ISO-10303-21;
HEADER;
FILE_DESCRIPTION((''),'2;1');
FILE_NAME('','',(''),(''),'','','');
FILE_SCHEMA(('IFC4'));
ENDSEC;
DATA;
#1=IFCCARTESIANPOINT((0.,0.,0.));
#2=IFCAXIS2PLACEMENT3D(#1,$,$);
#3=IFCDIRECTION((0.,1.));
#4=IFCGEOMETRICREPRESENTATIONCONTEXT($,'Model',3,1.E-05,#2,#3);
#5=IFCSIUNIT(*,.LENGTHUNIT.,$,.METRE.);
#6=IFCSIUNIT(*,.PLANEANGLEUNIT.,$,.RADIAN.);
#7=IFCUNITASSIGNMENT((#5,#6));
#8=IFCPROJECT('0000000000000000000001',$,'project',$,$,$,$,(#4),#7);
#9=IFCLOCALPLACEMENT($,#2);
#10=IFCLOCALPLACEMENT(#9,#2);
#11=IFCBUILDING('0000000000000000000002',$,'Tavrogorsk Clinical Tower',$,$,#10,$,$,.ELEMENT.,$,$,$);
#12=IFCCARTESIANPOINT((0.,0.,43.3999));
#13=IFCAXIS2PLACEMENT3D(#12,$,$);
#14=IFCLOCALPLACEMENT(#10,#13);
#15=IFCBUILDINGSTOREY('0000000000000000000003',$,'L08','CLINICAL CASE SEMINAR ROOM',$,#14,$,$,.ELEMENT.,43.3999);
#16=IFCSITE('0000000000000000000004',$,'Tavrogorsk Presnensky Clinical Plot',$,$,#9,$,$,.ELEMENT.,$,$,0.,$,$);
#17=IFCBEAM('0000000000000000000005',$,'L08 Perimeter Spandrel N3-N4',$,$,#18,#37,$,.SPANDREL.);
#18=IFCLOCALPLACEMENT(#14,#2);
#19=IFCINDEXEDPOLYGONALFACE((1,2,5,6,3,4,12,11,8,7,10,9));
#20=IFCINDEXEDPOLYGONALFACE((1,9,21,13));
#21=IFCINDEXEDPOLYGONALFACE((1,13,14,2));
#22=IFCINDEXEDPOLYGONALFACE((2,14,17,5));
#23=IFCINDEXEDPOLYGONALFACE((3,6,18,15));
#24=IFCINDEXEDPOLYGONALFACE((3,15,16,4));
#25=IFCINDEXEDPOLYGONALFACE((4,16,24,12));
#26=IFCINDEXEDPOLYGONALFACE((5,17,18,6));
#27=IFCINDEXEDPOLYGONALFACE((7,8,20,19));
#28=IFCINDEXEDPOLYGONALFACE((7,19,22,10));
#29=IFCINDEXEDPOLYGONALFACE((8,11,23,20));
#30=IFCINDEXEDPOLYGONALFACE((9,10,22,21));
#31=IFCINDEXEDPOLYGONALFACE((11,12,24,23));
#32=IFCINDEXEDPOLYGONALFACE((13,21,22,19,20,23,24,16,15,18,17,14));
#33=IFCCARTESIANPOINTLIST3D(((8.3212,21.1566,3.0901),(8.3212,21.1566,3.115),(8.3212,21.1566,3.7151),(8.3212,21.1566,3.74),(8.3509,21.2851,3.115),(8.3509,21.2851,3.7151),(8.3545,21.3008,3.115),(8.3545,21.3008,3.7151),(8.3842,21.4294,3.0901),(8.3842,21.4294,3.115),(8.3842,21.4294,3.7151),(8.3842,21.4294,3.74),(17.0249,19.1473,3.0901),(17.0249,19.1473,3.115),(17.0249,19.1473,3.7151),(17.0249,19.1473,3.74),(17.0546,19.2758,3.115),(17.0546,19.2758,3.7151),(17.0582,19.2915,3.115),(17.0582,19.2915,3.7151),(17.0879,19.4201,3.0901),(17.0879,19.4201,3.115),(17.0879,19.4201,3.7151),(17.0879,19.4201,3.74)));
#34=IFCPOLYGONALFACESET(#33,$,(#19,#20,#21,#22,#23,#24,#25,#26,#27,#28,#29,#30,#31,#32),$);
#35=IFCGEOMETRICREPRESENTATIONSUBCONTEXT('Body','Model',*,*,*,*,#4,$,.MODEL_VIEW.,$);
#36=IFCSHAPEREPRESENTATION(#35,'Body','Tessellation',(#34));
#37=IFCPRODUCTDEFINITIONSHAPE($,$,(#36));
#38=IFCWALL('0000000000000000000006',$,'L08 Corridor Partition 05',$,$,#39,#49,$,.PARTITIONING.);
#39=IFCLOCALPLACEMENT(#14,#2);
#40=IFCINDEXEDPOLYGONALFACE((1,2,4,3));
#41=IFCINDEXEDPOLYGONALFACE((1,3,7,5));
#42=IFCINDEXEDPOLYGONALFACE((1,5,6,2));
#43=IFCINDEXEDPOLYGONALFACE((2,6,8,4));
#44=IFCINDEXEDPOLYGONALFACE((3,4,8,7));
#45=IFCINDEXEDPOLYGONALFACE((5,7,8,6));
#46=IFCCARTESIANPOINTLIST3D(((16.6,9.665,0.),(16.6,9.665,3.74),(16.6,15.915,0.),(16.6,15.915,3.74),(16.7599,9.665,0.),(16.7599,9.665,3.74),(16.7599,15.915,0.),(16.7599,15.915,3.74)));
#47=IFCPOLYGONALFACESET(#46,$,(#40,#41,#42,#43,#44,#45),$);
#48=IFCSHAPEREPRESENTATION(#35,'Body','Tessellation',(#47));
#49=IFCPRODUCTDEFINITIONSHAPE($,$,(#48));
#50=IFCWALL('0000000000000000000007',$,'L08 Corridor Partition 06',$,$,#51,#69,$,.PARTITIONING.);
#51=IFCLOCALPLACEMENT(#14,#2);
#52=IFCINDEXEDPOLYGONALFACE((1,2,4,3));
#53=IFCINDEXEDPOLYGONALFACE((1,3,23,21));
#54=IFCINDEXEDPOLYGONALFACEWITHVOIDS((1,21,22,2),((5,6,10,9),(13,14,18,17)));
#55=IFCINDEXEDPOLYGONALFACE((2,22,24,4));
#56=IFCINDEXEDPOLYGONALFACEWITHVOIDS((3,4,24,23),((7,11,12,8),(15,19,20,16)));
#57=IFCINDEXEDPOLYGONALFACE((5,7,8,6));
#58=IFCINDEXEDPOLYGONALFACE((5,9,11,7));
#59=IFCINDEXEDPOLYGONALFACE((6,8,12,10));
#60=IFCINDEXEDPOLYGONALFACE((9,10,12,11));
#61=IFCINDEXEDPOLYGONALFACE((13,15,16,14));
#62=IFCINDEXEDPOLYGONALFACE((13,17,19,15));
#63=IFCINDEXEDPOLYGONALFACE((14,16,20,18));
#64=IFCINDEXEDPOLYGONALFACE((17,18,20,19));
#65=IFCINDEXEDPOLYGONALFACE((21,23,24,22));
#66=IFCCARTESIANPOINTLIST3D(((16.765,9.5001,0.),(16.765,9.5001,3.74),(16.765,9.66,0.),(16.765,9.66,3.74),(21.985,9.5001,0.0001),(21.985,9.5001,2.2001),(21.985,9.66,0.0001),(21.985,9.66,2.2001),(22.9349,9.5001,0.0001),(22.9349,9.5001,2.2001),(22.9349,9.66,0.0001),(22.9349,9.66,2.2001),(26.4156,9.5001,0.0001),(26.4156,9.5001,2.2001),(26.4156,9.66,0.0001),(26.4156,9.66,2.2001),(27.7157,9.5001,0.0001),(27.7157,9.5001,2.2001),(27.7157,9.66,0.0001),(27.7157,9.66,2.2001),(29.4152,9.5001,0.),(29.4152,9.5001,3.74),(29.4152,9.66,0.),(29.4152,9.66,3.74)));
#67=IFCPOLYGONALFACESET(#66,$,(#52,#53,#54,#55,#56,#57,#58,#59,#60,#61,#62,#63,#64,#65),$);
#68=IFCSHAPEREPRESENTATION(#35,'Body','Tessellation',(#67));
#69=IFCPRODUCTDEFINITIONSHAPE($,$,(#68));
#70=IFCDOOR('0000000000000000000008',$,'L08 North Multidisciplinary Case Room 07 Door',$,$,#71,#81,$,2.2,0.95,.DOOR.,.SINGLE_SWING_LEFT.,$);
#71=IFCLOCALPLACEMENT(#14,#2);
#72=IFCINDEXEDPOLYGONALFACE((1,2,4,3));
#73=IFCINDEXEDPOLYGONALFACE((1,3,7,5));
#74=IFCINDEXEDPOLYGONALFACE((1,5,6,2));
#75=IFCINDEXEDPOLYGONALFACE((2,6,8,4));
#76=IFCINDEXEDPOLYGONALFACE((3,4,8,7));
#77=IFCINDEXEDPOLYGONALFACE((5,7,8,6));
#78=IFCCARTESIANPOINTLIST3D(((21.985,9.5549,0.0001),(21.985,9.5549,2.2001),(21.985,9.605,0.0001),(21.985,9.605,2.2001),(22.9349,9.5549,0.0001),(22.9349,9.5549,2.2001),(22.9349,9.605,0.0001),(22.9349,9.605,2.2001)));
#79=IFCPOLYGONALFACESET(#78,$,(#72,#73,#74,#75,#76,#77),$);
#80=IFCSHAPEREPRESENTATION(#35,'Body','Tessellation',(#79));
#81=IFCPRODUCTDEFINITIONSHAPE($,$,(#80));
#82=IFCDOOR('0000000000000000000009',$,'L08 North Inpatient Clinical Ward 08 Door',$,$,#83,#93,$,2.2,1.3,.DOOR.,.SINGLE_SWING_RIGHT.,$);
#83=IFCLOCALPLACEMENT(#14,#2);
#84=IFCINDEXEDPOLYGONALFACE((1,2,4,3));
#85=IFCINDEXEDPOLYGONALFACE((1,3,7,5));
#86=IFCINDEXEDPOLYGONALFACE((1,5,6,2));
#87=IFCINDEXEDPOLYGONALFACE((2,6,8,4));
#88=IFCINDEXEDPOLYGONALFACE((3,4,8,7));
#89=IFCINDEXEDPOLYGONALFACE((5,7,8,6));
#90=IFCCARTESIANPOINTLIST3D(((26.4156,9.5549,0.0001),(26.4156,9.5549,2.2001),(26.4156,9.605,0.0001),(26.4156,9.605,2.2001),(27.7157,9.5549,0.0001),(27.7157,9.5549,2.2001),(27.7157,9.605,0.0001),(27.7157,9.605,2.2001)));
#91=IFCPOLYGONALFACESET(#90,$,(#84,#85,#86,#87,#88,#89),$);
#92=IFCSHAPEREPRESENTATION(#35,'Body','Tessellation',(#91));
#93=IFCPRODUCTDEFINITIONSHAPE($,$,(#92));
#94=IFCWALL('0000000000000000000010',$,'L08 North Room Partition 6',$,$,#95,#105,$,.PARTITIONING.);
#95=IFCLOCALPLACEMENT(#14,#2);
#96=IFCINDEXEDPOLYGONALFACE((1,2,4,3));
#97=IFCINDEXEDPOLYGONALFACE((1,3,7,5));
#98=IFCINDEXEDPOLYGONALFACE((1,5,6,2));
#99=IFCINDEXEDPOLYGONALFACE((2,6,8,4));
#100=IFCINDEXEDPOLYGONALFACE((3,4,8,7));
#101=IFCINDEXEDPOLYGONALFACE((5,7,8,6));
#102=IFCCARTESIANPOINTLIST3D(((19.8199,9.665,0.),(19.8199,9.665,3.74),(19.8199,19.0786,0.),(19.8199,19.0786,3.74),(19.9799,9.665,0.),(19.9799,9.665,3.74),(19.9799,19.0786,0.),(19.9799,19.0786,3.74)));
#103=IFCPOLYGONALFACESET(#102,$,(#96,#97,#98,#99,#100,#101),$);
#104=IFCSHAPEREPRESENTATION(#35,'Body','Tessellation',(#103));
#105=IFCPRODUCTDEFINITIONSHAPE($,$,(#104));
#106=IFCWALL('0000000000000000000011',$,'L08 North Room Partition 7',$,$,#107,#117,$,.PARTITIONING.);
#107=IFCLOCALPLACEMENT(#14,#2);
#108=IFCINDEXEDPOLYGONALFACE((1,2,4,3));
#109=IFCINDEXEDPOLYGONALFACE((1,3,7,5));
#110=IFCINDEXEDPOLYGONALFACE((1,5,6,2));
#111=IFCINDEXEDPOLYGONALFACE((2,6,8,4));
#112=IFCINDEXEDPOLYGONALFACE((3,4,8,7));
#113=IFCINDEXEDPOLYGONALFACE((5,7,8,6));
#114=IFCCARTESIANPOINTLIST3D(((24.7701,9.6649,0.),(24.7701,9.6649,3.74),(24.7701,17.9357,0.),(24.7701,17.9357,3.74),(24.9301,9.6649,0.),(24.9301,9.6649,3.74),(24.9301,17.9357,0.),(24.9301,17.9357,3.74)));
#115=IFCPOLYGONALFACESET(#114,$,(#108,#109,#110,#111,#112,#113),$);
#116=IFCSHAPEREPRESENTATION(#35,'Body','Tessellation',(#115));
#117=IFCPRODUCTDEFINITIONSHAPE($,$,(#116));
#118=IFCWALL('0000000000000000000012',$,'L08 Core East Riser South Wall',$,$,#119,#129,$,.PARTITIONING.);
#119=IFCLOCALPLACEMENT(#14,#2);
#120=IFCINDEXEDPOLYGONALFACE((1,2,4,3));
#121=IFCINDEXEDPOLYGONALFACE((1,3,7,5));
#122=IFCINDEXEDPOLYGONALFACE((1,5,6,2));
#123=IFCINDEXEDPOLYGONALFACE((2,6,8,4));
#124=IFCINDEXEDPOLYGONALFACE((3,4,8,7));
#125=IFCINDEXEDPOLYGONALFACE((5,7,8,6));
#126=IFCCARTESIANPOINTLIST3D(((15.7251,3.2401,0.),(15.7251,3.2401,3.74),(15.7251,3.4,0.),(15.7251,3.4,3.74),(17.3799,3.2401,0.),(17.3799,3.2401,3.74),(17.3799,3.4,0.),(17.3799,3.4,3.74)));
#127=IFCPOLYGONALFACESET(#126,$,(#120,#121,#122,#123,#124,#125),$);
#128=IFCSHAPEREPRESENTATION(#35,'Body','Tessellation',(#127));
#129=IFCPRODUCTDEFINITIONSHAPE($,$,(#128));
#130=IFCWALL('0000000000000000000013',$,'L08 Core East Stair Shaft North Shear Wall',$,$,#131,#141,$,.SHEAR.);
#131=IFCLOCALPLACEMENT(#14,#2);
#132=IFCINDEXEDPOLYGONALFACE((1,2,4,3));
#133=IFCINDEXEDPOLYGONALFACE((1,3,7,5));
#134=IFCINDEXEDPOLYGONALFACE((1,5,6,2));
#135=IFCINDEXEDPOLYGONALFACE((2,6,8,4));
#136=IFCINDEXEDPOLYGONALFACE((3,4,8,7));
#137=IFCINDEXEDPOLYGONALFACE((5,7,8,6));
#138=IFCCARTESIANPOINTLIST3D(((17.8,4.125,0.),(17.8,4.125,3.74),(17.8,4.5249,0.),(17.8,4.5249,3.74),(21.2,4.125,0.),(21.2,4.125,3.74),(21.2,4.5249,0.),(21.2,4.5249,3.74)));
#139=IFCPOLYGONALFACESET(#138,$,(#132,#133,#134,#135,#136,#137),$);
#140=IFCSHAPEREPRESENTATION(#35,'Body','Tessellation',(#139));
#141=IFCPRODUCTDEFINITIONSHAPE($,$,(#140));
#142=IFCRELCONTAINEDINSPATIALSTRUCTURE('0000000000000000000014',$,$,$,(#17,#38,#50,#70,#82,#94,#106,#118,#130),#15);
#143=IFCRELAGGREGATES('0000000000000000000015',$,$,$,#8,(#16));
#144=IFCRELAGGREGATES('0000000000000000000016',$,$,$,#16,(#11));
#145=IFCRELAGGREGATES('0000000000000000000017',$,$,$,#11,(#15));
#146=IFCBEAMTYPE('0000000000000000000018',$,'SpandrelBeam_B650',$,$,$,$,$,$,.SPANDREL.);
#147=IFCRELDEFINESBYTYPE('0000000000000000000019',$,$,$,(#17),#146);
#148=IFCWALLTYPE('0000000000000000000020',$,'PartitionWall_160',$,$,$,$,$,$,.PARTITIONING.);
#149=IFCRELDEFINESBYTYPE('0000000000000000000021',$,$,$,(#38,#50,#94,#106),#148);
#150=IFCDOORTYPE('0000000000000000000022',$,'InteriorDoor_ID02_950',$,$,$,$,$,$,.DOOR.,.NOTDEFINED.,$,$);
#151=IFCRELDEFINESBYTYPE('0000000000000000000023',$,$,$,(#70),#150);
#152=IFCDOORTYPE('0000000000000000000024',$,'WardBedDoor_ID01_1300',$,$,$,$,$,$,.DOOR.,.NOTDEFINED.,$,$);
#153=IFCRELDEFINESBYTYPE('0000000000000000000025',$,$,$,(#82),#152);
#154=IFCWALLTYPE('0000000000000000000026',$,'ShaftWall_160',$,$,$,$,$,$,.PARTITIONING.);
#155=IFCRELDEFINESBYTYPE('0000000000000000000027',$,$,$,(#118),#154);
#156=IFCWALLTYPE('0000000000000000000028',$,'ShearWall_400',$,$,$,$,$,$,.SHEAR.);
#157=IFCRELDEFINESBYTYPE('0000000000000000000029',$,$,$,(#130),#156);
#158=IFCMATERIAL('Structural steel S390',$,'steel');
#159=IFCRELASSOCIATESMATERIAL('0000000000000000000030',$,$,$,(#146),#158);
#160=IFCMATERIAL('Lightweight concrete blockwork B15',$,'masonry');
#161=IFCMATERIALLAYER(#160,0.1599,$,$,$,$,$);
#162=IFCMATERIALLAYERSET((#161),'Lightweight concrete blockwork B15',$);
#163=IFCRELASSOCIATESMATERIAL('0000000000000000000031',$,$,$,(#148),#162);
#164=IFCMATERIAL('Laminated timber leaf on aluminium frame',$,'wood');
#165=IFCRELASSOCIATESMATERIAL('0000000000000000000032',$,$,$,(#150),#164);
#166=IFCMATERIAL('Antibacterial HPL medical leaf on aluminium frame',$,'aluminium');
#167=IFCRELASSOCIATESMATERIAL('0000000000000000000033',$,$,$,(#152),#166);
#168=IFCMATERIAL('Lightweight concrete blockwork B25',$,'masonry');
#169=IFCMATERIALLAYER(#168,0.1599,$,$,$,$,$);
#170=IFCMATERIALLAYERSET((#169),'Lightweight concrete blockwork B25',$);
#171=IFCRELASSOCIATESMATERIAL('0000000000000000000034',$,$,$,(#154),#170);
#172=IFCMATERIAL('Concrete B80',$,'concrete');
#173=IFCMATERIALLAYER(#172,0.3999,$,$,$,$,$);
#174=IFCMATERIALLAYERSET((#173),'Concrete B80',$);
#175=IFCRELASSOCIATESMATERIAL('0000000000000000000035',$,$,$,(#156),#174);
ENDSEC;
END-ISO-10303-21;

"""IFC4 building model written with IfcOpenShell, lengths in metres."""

from ifc_helpers import new_model, si_unit, direction, frame, frame_2d, origin, origin_2d, place, context, subcontext, project, spatial, rectangle, i_section, extrude, material, layer, layer_set, material_profile, profile_set, type_object, element, fill, save


model = new_model("IFC4")

# Units and contexts
model_context = context("Model", 3, precision=1e-05, world=origin(), true_north=direction((0.0, 1.0)))
body_context = subcontext(model_context, "Body", "Model", "MODEL_VIEW")
ifc_project = project(units=[si_unit("LENGTHUNIT", "METRE"), si_unit("PLANEANGLEUNIT", "RADIAN")], contexts=[model_context])

# Site, building, storey
site_placement = place(None, origin())
site = spatial("IfcSite", under=ifc_project, at=site_placement, Name="Tavrogorsk Presnensky Clinical Plot", CompositionType="ELEMENT", RefElevation=0.0)
building_placement = place(site_placement, origin())
building = spatial("IfcBuilding", under=site, at=building_placement, Name="Tavrogorsk Clinical Tower", CompositionType="ELEMENT")
storey_placement = place(building_placement, frame((0.0, 0.0, 43.3999)))
storey = spatial("IfcBuildingStorey", under=building, at=storey_placement, Name="L08", Description="CLINICAL CASE SEMINAR ROOM", CompositionType="ELEMENT", Elevation=43.3999)

# Beam
ifc_material_1 = material(Name="Structural steel S390", Category="steel")
ifc_material_profile_1 = material_profile(ifc_material_1, i_section(OverallWidth=0.28, OverallDepth=0.6499, WebThickness=0.0161, FlangeThickness=0.0249, at=origin_2d()), Name="B-650x280x16x25")
ifc_profile_set_1 = profile_set([ifc_material_profile_1], Name="Structural steel S390")
beam_type_1 = type_object("IfcBeamType", Name="SpandrelBeam_B650", PredefinedType="SPANDREL", material=ifc_profile_set_1)
for number, where, z_axis, x_axis, name in (
    (1, (17.0564, 19.2837, 3.415), (-0.974373, 0.224939, 0.0), (-0.224939, -0.974373, 0.0), "L08 Perimeter Spandrel N3-N4"),
):
    element("IfcBeam", number, at=place(storey_placement, frame(where, z_axis=z_axis, x_axis=x_axis)), inside=storey, type_object=beam_type_1, Name=name, PredefinedType="SPANDREL", context=body_context, shape_type="SweptSolid", body=[
        extrude(i_section(OverallWidth=0.28, OverallDepth=0.6499, WebThickness=0.0161, FlangeThickness=0.0249, at=origin_2d()), origin(), (0.0, 0.0, 1.0), 8.9326),
    ])

# Wall
ifc_material_2 = material(Name="Lightweight concrete blockwork B15", Category="masonry")
ifc_layer_1 = layer(ifc_material_2, 0.1599)
ifc_layer_set_1 = layer_set([ifc_layer_1], Name="Lightweight concrete blockwork B15")
wall_type_1 = type_object("IfcWallType", Name="PartitionWall_160", PredefinedType="PARTITIONING", material=ifc_layer_set_1)
wall_1_placement = place(storey_placement, frame((16.6799, 15.915, 0.0), z_axis=(0.0, 0.0, 1.0), x_axis=(0.0, -1.0, 0.0)))
element("IfcWall", 2, at=wall_1_placement, inside=storey, type_object=wall_type_1, Name="L08 Corridor Partition 05", PredefinedType="PARTITIONING", context=body_context, shape_type="SweptSolid", body=[
    extrude(rectangle(XDim=6.25, YDim=0.1599, at=frame_2d((3.125, 0.0))), origin(), (0.0, 0.0, 1.0), 3.74),
])

# Wall, openings, doors
wall_2_placement = place(storey_placement, frame((16.7649, 9.5801, 0.0), z_axis=(0.0, 0.0, 1.0), x_axis=(1.0, 0.0, 0.0)))
wall_2 = element("IfcWall", 3, at=wall_2_placement, inside=storey, type_object=wall_type_1, Name="L08 Corridor Partition 06", PredefinedType="PARTITIONING", context=body_context, shape_type="SweptSolid", body=[
    extrude(rectangle(XDim=12.6501, YDim=0.1599, at=frame_2d((6.3252, 0.0))), origin(), (0.0, 0.0, 1.0), 3.74),
])
opening_1_placement = place(wall_2_placement, frame((5.22, 0.0, 0.0)))
opening_1 = element("IfcOpeningElement", 4, at=opening_1_placement, cuts=wall_2, PredefinedType="OPENING", context=body_context, shape_type="SweptSolid", body=[
    extrude(rectangle(XDim=0.95, YDim=2.2, at=frame_2d((0.4751, 1.1001))), frame((0.0, 0.0898, 0.0), z_axis=(0.0, -1.0, 0.0), x_axis=(1.0, 0.0, 0.0)), (0.0, 0.0, 1.0), 0.1799),
])
opening_2_placement = place(wall_2_placement, frame((9.6509, 0.0, 0.0)))
opening_2 = element("IfcOpeningElement", 5, at=opening_2_placement, cuts=wall_2, PredefinedType="OPENING", context=body_context, shape_type="SweptSolid", body=[
    extrude(rectangle(XDim=1.3, YDim=2.2, at=frame_2d((0.6499, 1.1001))), frame((0.0, 0.0898, 0.0), z_axis=(0.0, -1.0, 0.0), x_axis=(1.0, 0.0, 0.0)), (0.0, 0.0, 1.0), 0.1799),
])
ifc_material_3 = material(Name="Laminated timber leaf on aluminium frame", Category="wood")
door_type_1 = type_object("IfcDoorType", Name="InteriorDoor_ID02_950", OperationType="NOTDEFINED", PredefinedType="DOOR", material=ifc_material_3)
door_1_placement = place(opening_1_placement, origin())
door_1 = element("IfcDoor", 6, at=door_1_placement, inside=storey, type_object=door_type_1, Name="L08 North Multidisciplinary Case Room 07 Door", OperationType="SINGLE_SWING_LEFT", OverallHeight=2.2, OverallWidth=0.95, PredefinedType="DOOR", context=body_context, shape_type="SweptSolid", body=[
    extrude(rectangle(XDim=0.95, YDim=2.2, at=frame_2d((0.4751, 1.1001))), frame((0.0, 0.0249, 0.0), z_axis=(0.0, -1.0, 0.0), x_axis=(1.0, 0.0, 0.0)), (0.0, 0.0, 1.0), 0.05),
])
fill(opening_1, door_1)
ifc_material_4 = material(Name="Antibacterial HPL medical leaf on aluminium frame", Category="aluminium")
door_type_2 = type_object("IfcDoorType", Name="WardBedDoor_ID01_1300", OperationType="NOTDEFINED", PredefinedType="DOOR", material=ifc_material_4)
door_2_placement = place(opening_2_placement, origin())
door_2 = element("IfcDoor", 7, at=door_2_placement, inside=storey, type_object=door_type_2, Name="L08 North Inpatient Clinical Ward 08 Door", OperationType="SINGLE_SWING_RIGHT", OverallHeight=2.2, OverallWidth=1.3, PredefinedType="DOOR", context=body_context, shape_type="SweptSolid", body=[
    extrude(rectangle(XDim=1.3, YDim=2.2, at=frame_2d((0.6499, 1.1001))), frame((0.0, 0.0249, 0.0), z_axis=(0.0, -1.0, 0.0), x_axis=(1.0, 0.0, 0.0)), (0.0, 0.0, 1.0), 0.05),
])
fill(opening_2, door_2)

# Walls
wall_3_placement = place(storey_placement, frame((19.8999, 9.665, 0.0), z_axis=(0.0, 0.0, 1.0), x_axis=(0.0, 1.0, 0.0)))
element("IfcWall", 8, at=wall_3_placement, inside=storey, type_object=wall_type_1, Name="L08 North Room Partition 6", PredefinedType="PARTITIONING", context=body_context, shape_type="SweptSolid", body=[
    extrude(rectangle(XDim=9.4136, YDim=0.1599, at=frame_2d((4.7068, 0.0))), origin(), (0.0, 0.0, 1.0), 3.74),
])
wall_4_placement = place(storey_placement, frame((24.8501, 9.665, 0.0), z_axis=(0.0, 0.0, 1.0), x_axis=(0.0, 1.0, 0.0)))
element("IfcWall", 9, at=wall_4_placement, inside=storey, type_object=wall_type_1, Name="L08 North Room Partition 7", PredefinedType="PARTITIONING", context=body_context, shape_type="SweptSolid", body=[
    extrude(rectangle(XDim=8.2708, YDim=0.1599, at=frame_2d((4.1353, 0.0))), origin(), (0.0, 0.0, 1.0), 3.74),
])
ifc_material_5 = material(Name="Lightweight concrete blockwork B25", Category="masonry")
ifc_layer_2 = layer(ifc_material_5, 0.1599)
ifc_layer_set_2 = layer_set([ifc_layer_2], Name="Lightweight concrete blockwork B25")
wall_type_2 = type_object("IfcWallType", Name="ShaftWall_160", PredefinedType="PARTITIONING", material=ifc_layer_set_2)
wall_5_placement = place(storey_placement, frame((15.7251, 3.3201, 0.0), z_axis=(0.0, 0.0, 1.0), x_axis=(1.0, 0.0, 0.0)))
element("IfcWall", 10, at=wall_5_placement, inside=storey, type_object=wall_type_2, Name="L08 Core East Riser South Wall", PredefinedType="PARTITIONING", context=body_context, shape_type="SweptSolid", body=[
    extrude(rectangle(XDim=1.6548, YDim=0.1599, at=frame_2d((0.8274, 0.0))), origin(), (0.0, 0.0, 1.0), 3.74),
])
ifc_material_6 = material(Name="Concrete B80", Category="concrete")
ifc_layer_3 = layer(ifc_material_6, 0.3999)
ifc_layer_set_3 = layer_set([ifc_layer_3], Name="Concrete B80")
wall_type_3 = type_object("IfcWallType", Name="ShearWall_400", PredefinedType="SHEAR", material=ifc_layer_set_3)
wall_6_placement = place(storey_placement, frame((17.8, 4.325, 0.0), z_axis=(0.0, 0.0, 1.0), x_axis=(1.0, 0.0, 0.0)))
element("IfcWall", 11, at=wall_6_placement, inside=storey, type_object=wall_type_3, Name="L08 Core East Stair Shaft North Shear Wall", PredefinedType="SHEAR", context=body_context, shape_type="SweptSolid", body=[
    extrude(rectangle(XDim=3.3999, YDim=0.3999, at=frame_2d((1.7, 0.0))), origin(), (0.0, 0.0, 1.0), 3.74),
])

save(model, "model.ifc")
